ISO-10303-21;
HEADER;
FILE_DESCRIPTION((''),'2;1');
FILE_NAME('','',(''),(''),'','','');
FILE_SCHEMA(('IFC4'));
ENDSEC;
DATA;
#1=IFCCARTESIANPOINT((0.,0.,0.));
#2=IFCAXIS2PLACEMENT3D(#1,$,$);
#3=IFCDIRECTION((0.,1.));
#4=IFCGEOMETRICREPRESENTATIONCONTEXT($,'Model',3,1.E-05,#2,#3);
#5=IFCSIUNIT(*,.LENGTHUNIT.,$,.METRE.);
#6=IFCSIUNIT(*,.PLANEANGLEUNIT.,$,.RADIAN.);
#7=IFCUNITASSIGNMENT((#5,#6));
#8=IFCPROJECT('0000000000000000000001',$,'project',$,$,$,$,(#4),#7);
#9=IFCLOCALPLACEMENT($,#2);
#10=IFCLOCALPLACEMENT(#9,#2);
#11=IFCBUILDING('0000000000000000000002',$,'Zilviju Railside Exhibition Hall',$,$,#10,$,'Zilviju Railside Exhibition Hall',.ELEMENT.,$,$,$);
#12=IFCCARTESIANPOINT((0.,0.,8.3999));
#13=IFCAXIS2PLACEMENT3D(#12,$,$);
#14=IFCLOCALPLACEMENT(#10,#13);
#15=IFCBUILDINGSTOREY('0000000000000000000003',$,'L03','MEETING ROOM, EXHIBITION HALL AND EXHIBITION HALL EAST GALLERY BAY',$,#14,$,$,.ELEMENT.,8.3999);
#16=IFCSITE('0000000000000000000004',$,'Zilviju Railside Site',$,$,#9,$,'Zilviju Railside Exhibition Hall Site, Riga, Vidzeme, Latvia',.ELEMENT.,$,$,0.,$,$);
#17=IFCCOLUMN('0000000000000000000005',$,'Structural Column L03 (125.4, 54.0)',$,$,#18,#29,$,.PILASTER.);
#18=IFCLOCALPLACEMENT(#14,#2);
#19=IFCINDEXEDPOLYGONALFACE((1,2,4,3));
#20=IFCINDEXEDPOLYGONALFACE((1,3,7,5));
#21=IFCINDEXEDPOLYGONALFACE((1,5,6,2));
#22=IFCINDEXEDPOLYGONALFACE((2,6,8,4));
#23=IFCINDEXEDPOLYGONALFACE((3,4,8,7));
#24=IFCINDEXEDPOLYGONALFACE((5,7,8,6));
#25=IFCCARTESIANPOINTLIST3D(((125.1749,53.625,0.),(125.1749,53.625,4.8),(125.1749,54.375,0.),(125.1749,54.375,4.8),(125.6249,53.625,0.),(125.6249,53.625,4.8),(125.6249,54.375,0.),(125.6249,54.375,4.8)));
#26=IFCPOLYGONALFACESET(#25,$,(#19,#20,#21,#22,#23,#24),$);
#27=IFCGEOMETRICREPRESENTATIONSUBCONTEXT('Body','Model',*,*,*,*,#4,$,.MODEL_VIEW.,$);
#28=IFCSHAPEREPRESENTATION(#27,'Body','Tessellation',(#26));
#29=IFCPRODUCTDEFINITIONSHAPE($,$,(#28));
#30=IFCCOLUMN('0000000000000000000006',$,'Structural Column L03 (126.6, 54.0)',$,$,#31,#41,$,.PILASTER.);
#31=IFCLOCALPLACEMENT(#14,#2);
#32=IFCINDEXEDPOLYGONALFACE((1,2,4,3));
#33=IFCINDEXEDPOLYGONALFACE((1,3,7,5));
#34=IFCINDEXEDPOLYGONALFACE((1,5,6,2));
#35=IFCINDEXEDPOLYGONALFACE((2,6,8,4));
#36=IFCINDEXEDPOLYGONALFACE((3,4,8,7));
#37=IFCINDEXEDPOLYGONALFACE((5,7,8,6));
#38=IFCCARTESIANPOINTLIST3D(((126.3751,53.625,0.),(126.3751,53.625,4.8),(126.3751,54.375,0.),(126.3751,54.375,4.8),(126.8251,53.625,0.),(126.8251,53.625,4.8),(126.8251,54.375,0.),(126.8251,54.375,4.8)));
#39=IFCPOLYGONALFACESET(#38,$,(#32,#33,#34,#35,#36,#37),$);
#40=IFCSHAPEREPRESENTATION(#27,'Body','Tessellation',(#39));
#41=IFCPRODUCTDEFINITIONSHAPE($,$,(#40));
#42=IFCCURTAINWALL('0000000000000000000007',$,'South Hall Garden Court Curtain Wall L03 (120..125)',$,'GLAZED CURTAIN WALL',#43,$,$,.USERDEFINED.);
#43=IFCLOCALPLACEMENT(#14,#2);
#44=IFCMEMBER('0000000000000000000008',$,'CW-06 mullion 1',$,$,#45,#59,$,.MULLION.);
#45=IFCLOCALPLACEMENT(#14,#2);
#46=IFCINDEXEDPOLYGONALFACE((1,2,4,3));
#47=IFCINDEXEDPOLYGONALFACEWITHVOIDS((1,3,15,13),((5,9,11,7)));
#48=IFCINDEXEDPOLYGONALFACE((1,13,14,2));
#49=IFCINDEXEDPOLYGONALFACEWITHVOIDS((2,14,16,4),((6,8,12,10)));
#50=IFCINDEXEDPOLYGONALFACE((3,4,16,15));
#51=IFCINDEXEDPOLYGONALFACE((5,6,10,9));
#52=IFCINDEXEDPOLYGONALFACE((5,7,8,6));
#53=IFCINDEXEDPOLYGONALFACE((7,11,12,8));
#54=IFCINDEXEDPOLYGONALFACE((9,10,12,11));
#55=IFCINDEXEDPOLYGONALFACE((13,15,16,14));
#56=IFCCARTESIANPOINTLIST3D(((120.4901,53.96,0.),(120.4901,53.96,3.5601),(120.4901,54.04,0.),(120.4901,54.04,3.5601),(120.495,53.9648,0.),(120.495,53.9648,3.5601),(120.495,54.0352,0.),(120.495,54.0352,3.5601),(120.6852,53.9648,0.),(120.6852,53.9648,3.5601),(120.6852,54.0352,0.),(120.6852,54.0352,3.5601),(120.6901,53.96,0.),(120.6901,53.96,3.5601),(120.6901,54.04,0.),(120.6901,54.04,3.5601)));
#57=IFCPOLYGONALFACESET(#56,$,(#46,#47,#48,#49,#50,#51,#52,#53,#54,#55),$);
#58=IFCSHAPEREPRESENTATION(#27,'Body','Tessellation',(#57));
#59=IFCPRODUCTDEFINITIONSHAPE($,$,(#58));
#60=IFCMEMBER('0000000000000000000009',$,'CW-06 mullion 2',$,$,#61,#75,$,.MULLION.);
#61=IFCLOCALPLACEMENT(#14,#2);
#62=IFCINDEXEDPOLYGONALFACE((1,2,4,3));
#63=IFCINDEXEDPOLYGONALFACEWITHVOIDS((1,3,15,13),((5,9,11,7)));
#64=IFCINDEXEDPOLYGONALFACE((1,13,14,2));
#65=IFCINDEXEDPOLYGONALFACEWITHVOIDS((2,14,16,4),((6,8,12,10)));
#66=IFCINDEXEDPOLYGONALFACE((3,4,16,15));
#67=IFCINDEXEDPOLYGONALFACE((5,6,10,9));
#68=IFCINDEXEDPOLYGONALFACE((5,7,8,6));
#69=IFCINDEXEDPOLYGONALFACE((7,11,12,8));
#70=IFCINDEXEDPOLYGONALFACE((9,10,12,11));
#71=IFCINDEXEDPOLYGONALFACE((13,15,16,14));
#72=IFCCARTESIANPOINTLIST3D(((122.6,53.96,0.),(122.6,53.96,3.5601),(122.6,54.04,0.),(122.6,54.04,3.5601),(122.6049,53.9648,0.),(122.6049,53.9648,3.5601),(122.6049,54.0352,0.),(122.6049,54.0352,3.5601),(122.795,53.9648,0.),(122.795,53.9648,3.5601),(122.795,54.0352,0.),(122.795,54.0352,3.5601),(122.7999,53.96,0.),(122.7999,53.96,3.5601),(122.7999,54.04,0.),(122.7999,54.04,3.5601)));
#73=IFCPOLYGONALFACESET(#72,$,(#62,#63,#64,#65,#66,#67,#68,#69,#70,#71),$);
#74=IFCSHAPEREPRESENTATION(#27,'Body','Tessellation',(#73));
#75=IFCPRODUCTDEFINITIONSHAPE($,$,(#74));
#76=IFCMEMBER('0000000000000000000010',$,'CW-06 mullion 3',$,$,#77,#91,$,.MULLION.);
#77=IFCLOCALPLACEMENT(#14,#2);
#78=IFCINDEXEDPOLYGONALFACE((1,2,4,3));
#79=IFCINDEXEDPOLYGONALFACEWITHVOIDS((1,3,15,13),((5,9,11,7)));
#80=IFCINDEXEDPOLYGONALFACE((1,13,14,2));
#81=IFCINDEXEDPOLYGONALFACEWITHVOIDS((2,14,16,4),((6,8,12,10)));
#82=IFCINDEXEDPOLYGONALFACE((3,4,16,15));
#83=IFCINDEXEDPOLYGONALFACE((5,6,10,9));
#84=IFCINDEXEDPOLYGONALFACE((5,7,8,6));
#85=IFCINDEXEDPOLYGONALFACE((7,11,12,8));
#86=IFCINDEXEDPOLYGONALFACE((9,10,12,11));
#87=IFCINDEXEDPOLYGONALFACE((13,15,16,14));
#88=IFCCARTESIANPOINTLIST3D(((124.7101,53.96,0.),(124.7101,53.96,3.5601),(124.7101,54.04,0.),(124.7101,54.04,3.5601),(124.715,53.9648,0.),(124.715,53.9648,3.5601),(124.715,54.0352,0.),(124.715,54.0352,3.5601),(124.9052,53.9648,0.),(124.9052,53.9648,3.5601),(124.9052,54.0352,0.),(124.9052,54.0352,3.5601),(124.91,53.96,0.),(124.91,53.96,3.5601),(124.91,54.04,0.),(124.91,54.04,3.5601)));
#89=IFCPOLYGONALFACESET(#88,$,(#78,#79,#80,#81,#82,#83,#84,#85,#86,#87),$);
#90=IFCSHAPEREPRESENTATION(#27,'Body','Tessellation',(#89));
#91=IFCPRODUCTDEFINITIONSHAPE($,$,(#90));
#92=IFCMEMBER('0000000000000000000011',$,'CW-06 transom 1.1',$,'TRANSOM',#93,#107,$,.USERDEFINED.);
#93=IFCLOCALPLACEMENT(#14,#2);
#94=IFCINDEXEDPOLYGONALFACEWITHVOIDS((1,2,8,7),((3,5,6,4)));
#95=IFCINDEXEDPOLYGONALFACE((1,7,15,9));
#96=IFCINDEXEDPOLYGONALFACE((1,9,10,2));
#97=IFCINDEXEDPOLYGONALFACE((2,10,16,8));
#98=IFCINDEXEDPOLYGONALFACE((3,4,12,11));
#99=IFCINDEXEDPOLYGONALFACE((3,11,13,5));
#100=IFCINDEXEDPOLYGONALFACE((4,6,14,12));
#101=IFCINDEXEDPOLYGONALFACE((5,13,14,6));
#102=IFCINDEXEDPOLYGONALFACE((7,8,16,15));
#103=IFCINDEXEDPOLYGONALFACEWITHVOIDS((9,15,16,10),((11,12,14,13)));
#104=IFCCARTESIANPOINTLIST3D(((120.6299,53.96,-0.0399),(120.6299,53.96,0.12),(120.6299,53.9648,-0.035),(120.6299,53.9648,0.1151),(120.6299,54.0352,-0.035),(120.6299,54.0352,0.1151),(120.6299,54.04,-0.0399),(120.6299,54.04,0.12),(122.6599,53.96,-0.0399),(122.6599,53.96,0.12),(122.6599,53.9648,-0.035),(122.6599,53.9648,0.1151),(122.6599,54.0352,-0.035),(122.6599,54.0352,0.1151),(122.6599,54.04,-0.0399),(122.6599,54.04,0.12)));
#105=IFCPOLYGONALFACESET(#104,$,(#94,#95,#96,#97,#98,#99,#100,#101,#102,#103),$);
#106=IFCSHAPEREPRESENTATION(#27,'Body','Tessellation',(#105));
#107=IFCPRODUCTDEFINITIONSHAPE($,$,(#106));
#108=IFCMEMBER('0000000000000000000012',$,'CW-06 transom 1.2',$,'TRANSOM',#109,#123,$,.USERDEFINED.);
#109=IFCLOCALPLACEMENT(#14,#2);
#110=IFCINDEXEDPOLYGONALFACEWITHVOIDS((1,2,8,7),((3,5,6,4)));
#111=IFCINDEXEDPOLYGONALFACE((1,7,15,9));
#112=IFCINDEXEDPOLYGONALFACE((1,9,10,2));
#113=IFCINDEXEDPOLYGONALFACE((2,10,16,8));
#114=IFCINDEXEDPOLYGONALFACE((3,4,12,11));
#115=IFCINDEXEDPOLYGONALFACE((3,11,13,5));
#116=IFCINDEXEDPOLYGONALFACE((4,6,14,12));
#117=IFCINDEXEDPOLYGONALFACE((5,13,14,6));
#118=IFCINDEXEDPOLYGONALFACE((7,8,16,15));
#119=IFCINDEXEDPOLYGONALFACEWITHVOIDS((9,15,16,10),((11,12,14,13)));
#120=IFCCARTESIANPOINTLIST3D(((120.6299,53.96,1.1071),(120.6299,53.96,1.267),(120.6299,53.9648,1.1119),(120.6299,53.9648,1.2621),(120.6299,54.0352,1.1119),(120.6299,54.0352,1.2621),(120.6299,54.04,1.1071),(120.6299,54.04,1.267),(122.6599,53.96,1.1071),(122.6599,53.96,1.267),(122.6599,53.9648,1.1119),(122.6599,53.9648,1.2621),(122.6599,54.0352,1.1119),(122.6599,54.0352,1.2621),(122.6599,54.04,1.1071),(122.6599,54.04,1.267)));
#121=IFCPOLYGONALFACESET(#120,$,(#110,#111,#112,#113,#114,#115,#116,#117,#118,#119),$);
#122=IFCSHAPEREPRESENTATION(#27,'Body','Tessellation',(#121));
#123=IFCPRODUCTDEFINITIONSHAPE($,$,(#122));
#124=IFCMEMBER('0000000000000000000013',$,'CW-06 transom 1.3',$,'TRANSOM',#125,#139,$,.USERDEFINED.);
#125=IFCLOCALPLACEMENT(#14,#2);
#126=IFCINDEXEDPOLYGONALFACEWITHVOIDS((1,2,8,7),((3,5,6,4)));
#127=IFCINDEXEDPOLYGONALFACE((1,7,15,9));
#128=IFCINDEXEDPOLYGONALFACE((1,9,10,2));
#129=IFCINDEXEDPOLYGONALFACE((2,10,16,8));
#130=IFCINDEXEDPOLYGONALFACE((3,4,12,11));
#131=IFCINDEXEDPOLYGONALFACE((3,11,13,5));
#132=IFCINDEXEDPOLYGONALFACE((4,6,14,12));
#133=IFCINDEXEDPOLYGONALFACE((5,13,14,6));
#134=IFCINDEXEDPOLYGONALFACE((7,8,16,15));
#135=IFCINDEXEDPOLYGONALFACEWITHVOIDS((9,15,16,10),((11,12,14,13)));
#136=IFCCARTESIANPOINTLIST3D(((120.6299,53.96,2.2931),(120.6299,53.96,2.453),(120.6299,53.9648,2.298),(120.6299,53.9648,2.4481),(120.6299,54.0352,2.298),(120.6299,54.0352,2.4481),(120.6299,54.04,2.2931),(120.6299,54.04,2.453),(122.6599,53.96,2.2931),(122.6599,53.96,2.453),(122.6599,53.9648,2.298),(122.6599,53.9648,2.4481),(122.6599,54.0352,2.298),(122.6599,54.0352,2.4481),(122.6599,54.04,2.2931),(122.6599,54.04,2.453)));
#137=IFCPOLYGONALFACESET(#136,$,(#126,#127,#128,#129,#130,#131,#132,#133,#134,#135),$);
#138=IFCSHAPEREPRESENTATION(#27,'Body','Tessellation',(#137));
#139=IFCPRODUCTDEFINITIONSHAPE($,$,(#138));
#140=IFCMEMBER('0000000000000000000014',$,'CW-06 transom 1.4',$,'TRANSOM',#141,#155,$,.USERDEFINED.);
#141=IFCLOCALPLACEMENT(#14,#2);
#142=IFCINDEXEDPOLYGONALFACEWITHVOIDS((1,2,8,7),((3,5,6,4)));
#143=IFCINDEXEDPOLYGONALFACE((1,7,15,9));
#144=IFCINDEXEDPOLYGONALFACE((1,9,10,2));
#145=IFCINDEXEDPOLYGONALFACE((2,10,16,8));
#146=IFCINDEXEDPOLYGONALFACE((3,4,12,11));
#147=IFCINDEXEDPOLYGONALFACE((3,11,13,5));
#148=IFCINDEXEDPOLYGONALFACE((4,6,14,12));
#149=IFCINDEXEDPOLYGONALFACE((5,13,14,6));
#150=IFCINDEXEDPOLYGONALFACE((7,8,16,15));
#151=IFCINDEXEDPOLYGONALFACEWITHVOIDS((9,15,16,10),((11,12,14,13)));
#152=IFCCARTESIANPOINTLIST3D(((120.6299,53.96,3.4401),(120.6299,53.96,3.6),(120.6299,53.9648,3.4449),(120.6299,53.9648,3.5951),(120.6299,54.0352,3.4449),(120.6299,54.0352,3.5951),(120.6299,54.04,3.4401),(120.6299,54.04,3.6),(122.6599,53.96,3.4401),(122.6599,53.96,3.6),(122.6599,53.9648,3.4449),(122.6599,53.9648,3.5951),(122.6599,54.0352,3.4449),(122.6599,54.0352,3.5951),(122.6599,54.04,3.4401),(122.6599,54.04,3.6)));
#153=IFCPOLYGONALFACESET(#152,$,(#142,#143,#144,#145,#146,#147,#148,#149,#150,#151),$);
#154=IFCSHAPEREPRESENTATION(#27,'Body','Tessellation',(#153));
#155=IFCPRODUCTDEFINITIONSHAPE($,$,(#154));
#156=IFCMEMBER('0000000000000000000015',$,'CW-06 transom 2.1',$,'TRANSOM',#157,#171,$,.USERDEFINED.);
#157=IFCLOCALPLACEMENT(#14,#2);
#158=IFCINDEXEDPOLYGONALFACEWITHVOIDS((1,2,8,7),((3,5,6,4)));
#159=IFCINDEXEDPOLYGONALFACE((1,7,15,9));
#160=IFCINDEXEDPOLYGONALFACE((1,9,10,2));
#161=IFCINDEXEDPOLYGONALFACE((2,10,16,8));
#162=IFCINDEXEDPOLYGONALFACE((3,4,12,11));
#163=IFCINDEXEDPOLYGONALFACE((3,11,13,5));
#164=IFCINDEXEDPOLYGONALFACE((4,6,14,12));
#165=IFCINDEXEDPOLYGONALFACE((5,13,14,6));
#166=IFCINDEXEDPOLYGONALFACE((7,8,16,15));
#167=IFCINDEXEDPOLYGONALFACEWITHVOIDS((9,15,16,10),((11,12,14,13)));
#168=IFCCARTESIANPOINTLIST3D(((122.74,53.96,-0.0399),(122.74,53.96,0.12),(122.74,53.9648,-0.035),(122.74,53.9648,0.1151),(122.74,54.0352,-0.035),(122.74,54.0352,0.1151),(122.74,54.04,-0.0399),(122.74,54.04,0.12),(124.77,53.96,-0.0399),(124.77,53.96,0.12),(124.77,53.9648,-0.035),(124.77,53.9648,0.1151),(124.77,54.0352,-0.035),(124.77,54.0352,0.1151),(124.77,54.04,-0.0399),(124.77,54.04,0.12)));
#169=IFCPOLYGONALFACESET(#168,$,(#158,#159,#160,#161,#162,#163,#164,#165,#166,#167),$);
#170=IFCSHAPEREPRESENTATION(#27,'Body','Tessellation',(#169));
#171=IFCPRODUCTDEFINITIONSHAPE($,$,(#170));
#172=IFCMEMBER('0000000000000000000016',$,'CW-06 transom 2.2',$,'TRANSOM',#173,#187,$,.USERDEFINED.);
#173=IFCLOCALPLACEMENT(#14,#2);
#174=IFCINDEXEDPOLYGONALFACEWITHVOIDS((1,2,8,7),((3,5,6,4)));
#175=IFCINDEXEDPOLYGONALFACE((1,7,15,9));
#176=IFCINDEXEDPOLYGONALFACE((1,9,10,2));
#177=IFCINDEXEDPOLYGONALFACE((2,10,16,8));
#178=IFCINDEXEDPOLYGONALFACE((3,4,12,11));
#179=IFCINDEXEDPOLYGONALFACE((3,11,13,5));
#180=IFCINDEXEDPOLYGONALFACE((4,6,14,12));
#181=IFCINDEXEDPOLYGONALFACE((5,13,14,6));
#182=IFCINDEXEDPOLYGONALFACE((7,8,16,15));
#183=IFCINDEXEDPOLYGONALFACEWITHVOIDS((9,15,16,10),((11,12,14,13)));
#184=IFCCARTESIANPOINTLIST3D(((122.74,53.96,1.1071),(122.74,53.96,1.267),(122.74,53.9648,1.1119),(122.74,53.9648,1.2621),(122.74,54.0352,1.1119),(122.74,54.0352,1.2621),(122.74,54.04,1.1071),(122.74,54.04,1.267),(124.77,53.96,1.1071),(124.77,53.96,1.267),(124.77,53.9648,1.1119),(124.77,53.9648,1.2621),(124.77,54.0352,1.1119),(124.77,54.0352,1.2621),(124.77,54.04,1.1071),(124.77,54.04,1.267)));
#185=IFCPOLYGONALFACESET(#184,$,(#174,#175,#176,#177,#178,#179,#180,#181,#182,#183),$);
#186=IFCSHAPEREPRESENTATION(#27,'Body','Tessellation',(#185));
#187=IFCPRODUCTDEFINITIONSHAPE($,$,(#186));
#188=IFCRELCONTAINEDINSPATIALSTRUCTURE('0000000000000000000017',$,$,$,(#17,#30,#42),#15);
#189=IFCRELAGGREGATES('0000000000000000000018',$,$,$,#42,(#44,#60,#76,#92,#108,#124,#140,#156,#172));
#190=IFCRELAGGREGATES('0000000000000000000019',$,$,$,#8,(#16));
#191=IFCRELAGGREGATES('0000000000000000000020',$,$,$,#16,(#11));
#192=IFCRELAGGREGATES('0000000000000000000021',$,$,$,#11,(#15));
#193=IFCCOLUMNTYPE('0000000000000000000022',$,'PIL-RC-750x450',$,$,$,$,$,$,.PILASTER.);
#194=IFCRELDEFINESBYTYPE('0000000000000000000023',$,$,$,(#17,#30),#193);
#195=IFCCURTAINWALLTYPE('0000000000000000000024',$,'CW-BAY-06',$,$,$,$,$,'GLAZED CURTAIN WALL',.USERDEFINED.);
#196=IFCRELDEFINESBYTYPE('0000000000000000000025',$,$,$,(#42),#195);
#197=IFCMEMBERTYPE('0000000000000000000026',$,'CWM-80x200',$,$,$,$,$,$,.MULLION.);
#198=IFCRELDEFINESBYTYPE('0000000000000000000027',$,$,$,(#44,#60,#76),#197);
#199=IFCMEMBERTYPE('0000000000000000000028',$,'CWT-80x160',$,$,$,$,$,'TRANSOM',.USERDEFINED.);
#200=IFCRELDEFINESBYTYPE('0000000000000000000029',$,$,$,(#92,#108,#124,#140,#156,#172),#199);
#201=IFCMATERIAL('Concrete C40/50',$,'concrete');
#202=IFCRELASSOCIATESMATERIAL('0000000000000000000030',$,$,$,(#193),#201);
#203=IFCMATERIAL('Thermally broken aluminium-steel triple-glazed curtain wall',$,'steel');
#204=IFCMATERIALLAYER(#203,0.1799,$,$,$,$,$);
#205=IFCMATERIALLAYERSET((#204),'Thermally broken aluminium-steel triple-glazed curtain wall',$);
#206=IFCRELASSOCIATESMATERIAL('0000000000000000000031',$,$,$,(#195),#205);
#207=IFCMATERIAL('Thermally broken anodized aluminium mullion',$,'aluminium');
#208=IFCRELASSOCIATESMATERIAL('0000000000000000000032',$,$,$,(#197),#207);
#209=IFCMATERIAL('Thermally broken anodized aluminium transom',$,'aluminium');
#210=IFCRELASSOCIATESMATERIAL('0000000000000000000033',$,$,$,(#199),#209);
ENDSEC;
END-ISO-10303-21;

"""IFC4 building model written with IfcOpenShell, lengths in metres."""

from ifc_helpers import new_model, si_unit, direction, frame, origin, origin_2d, place, context, subcontext, project, spatial, rectangle, hollow_rectangle, extrude, material, layer, layer_set, material_profile, profile_set, type_object, element, aggregate, save


model = new_model("IFC4")

# Units and contexts
model_context = context("Model", 3, precision=1e-05, world=origin(), true_north=direction((0.0, 1.0)))
body_context = subcontext(model_context, "Body", "Model", "MODEL_VIEW")
ifc_project = project(units=[si_unit("LENGTHUNIT", "METRE"), si_unit("PLANEANGLEUNIT", "RADIAN")], contexts=[model_context])

# Site, building, storey
site_placement = place(None, origin())
site = spatial("IfcSite", under=ifc_project, at=site_placement, Name="Zilviju Railside Site", LongName="Zilviju Railside Exhibition Hall Site, Riga, Vidzeme, Latvia", CompositionType="ELEMENT", RefElevation=0.0)
building_placement = place(site_placement, origin())
building = spatial("IfcBuilding", under=site, at=building_placement, Name="Zilviju Railside Exhibition Hall", LongName="Zilviju Railside Exhibition Hall", CompositionType="ELEMENT")
storey_placement = place(building_placement, frame((0.0, 0.0, 8.3999)))
storey = spatial("IfcBuildingStorey", under=building, at=storey_placement, Name="L03", Description="MEETING ROOM, EXHIBITION HALL AND EXHIBITION HALL EAST GALLERY BAY", CompositionType="ELEMENT", Elevation=8.3999)

# Columns
ifc_material_1 = material(Name="Concrete C40/50", Category="concrete")
ifc_material_profile_1 = material_profile(ifc_material_1, rectangle(XDim=0.45, YDim=0.75, at=origin_2d()), Name="RC COL 450x750")
ifc_profile_set_1 = profile_set([ifc_material_profile_1], Name="Concrete C40/50")
column_type = type_object("IfcColumnType", Name="PIL-RC-750x450", PredefinedType="PILASTER", material=ifc_profile_set_1)
for number, where, z_axis, x_axis, name in (
    (1, (125.3999, 54.0, 0.0), (0.0, 0.0, 1.0), (1.0, 0.0, 0.0), "Structural Column L03 (125.4, 54.0)"),
    (2, (126.6001, 54.0, 0.0), (0.0, 0.0, 1.0), (1.0, 0.0, 0.0), "Structural Column L03 (126.6, 54.0)"),
):
    element("IfcColumn", number, at=place(storey_placement, frame(where, z_axis=z_axis, x_axis=x_axis)), inside=storey, type_object=column_type, Name=name, PredefinedType="PILASTER", context=body_context, shape_type="SweptSolid", body=[
        extrude(rectangle(XDim=0.45, YDim=0.75, at=origin_2d()), origin(), (0.0, 0.0, 1.0), 4.8),
    ])

# Curtain wall, members
ifc_material_2 = material(Name="Thermally broken aluminium-steel triple-glazed curtain wall", Category="steel")
ifc_layer_1 = layer(ifc_material_2, 0.1799)
ifc_layer_set_1 = layer_set([ifc_layer_1], Name="Thermally broken aluminium-steel triple-glazed curtain wall")
curtain_wall_type = type_object("IfcCurtainWallType", Name="CW-BAY-06", ElementType="GLAZED CURTAIN WALL", PredefinedType="USERDEFINED", material=ifc_layer_set_1)
curtain_wall_placement = place(storey_placement, origin())
curtain_wall = element("IfcCurtainWall", 3, at=curtain_wall_placement, inside=storey, type_object=curtain_wall_type, Name="South Hall Garden Court Curtain Wall L03 (120..125)", ObjectType="GLAZED CURTAIN WALL", PredefinedType="USERDEFINED")
ifc_material_3 = material(Name="Thermally broken anodized aluminium mullion", Category="aluminium")
ifc_material_profile_2 = material_profile(ifc_material_3, hollow_rectangle(XDim=0.0801, YDim=0.2, WallThickness=0.0049, at=origin_2d()), Name="MULLION 200x80x5")
ifc_profile_set_2 = profile_set([ifc_material_profile_2], Name="Thermally broken anodized aluminium mullion")
member_type_1 = type_object("IfcMemberType", Name="CWM-80x200", PredefinedType="MULLION", material=ifc_profile_set_2)
member_1_placement = place(storey_placement, frame((120.5901, 54.0, 0.0), z_axis=(0.0, 0.0, 1.0), x_axis=(0.0, 1.0, 0.0)))
member_1 = element("IfcMember", 4, at=member_1_placement, type_object=member_type_1, Name="CW-06 mullion 1", PredefinedType="MULLION", context=body_context, shape_type="SweptSolid", body=[
    extrude(hollow_rectangle(XDim=0.0801, YDim=0.2, WallThickness=0.0049, at=origin_2d()), origin(), (0.0, 0.0, 1.0), 3.5601),
])
member_2_placement = place(storey_placement, frame((122.7, 54.0, 0.0), z_axis=(0.0, 0.0, 1.0), x_axis=(0.0, 1.0, 0.0)))
member_2 = element("IfcMember", 5, at=member_2_placement, type_object=member_type_1, Name="CW-06 mullion 2", PredefinedType="MULLION", context=body_context, shape_type="SweptSolid", body=[
    extrude(hollow_rectangle(XDim=0.0801, YDim=0.2, WallThickness=0.0049, at=origin_2d()), origin(), (0.0, 0.0, 1.0), 3.5601),
])
member_3_placement = place(storey_placement, frame((124.8101, 54.0, 0.0), z_axis=(0.0, 0.0, 1.0), x_axis=(0.0, 1.0, 0.0)))
member_3 = element("IfcMember", 6, at=member_3_placement, type_object=member_type_1, Name="CW-06 mullion 3", PredefinedType="MULLION", context=body_context, shape_type="SweptSolid", body=[
    extrude(hollow_rectangle(XDim=0.0801, YDim=0.2, WallThickness=0.0049, at=origin_2d()), origin(), (0.0, 0.0, 1.0), 3.5601),
])
ifc_material_4 = material(Name="Thermally broken anodized aluminium transom", Category="aluminium")
ifc_material_profile_3 = material_profile(ifc_material_4, hollow_rectangle(XDim=0.0801, YDim=0.1599, WallThickness=0.0049, at=origin_2d()), Name="TRANSOM 160x80x5")
ifc_profile_set_3 = profile_set([ifc_material_profile_3], Name="Thermally broken anodized aluminium transom")
member_type_2 = type_object("IfcMemberType", Name="CWT-80x160", ElementType="TRANSOM", PredefinedType="USERDEFINED", material=ifc_profile_set_3)
member_4_placement = place(storey_placement, frame((120.6299, 54.0, 0.04), z_axis=(1.0, 0.0, 0.0), x_axis=(0.0, 1.0, 0.0)))
member_4 = element("IfcMember", 7, at=member_4_placement, type_object=member_type_2, Name="CW-06 transom 1.1", ObjectType="TRANSOM", PredefinedType="USERDEFINED", context=body_context, shape_type="SweptSolid", body=[
    extrude(hollow_rectangle(XDim=0.0801, YDim=0.1599, WallThickness=0.0049, at=origin_2d()), origin(), (0.0, 0.0, 1.0), 2.03),
])
member_5_placement = place(storey_placement, frame((120.6299, 54.0, 1.187), z_axis=(1.0, 0.0, 0.0), x_axis=(0.0, 1.0, 0.0)))
member_5 = element("IfcMember", 8, at=member_5_placement, type_object=member_type_2, Name="CW-06 transom 1.2", ObjectType="TRANSOM", PredefinedType="USERDEFINED", context=body_context, shape_type="SweptSolid", body=[
    extrude(hollow_rectangle(XDim=0.0801, YDim=0.1599, WallThickness=0.0049, at=origin_2d()), origin(), (0.0, 0.0, 1.0), 2.03),
])
member_6_placement = place(storey_placement, frame((120.6299, 54.0, 2.373), z_axis=(1.0, 0.0, 0.0), x_axis=(0.0, 1.0, 0.0)))
member_6 = element("IfcMember", 9, at=member_6_placement, type_object=member_type_2, Name="CW-06 transom 1.3", ObjectType="TRANSOM", PredefinedType="USERDEFINED", context=body_context, shape_type="SweptSolid", body=[
    extrude(hollow_rectangle(XDim=0.0801, YDim=0.1599, WallThickness=0.0049, at=origin_2d()), origin(), (0.0, 0.0, 1.0), 2.03),
])
member_7_placement = place(storey_placement, frame((120.6299, 54.0, 3.52), z_axis=(1.0, 0.0, 0.0), x_axis=(0.0, 1.0, 0.0)))
member_7 = element("IfcMember", 10, at=member_7_placement, type_object=member_type_2, Name="CW-06 transom 1.4", ObjectType="TRANSOM", PredefinedType="USERDEFINED", context=body_context, shape_type="SweptSolid", body=[
    extrude(hollow_rectangle(XDim=0.0801, YDim=0.1599, WallThickness=0.0049, at=origin_2d()), origin(), (0.0, 0.0, 1.0), 2.03),
])
member_8_placement = place(storey_placement, frame((122.74, 54.0, 0.04), z_axis=(1.0, 0.0, 0.0), x_axis=(0.0, 1.0, 0.0)))
member_8 = element("IfcMember", 11, at=member_8_placement, type_object=member_type_2, Name="CW-06 transom 2.1", ObjectType="TRANSOM", PredefinedType="USERDEFINED", context=body_context, shape_type="SweptSolid", body=[
    extrude(hollow_rectangle(XDim=0.0801, YDim=0.1599, WallThickness=0.0049, at=origin_2d()), origin(), (0.0, 0.0, 1.0), 2.03),
])
member_9_placement = place(storey_placement, frame((122.74, 54.0, 1.187), z_axis=(1.0, 0.0, 0.0), x_axis=(0.0, 1.0, 0.0)))
member_9 = element("IfcMember", 12, at=member_9_placement, type_object=member_type_2, Name="CW-06 transom 2.2", ObjectType="TRANSOM", PredefinedType="USERDEFINED", context=body_context, shape_type="SweptSolid", body=[
    extrude(hollow_rectangle(XDim=0.0801, YDim=0.1599, WallThickness=0.0049, at=origin_2d()), origin(), (0.0, 0.0, 1.0), 2.03),
])
aggregate(curtain_wall, [member_1, member_2, member_3, member_4, member_5, member_6, member_7, member_8, member_9])

save(model, "model.ifc")
